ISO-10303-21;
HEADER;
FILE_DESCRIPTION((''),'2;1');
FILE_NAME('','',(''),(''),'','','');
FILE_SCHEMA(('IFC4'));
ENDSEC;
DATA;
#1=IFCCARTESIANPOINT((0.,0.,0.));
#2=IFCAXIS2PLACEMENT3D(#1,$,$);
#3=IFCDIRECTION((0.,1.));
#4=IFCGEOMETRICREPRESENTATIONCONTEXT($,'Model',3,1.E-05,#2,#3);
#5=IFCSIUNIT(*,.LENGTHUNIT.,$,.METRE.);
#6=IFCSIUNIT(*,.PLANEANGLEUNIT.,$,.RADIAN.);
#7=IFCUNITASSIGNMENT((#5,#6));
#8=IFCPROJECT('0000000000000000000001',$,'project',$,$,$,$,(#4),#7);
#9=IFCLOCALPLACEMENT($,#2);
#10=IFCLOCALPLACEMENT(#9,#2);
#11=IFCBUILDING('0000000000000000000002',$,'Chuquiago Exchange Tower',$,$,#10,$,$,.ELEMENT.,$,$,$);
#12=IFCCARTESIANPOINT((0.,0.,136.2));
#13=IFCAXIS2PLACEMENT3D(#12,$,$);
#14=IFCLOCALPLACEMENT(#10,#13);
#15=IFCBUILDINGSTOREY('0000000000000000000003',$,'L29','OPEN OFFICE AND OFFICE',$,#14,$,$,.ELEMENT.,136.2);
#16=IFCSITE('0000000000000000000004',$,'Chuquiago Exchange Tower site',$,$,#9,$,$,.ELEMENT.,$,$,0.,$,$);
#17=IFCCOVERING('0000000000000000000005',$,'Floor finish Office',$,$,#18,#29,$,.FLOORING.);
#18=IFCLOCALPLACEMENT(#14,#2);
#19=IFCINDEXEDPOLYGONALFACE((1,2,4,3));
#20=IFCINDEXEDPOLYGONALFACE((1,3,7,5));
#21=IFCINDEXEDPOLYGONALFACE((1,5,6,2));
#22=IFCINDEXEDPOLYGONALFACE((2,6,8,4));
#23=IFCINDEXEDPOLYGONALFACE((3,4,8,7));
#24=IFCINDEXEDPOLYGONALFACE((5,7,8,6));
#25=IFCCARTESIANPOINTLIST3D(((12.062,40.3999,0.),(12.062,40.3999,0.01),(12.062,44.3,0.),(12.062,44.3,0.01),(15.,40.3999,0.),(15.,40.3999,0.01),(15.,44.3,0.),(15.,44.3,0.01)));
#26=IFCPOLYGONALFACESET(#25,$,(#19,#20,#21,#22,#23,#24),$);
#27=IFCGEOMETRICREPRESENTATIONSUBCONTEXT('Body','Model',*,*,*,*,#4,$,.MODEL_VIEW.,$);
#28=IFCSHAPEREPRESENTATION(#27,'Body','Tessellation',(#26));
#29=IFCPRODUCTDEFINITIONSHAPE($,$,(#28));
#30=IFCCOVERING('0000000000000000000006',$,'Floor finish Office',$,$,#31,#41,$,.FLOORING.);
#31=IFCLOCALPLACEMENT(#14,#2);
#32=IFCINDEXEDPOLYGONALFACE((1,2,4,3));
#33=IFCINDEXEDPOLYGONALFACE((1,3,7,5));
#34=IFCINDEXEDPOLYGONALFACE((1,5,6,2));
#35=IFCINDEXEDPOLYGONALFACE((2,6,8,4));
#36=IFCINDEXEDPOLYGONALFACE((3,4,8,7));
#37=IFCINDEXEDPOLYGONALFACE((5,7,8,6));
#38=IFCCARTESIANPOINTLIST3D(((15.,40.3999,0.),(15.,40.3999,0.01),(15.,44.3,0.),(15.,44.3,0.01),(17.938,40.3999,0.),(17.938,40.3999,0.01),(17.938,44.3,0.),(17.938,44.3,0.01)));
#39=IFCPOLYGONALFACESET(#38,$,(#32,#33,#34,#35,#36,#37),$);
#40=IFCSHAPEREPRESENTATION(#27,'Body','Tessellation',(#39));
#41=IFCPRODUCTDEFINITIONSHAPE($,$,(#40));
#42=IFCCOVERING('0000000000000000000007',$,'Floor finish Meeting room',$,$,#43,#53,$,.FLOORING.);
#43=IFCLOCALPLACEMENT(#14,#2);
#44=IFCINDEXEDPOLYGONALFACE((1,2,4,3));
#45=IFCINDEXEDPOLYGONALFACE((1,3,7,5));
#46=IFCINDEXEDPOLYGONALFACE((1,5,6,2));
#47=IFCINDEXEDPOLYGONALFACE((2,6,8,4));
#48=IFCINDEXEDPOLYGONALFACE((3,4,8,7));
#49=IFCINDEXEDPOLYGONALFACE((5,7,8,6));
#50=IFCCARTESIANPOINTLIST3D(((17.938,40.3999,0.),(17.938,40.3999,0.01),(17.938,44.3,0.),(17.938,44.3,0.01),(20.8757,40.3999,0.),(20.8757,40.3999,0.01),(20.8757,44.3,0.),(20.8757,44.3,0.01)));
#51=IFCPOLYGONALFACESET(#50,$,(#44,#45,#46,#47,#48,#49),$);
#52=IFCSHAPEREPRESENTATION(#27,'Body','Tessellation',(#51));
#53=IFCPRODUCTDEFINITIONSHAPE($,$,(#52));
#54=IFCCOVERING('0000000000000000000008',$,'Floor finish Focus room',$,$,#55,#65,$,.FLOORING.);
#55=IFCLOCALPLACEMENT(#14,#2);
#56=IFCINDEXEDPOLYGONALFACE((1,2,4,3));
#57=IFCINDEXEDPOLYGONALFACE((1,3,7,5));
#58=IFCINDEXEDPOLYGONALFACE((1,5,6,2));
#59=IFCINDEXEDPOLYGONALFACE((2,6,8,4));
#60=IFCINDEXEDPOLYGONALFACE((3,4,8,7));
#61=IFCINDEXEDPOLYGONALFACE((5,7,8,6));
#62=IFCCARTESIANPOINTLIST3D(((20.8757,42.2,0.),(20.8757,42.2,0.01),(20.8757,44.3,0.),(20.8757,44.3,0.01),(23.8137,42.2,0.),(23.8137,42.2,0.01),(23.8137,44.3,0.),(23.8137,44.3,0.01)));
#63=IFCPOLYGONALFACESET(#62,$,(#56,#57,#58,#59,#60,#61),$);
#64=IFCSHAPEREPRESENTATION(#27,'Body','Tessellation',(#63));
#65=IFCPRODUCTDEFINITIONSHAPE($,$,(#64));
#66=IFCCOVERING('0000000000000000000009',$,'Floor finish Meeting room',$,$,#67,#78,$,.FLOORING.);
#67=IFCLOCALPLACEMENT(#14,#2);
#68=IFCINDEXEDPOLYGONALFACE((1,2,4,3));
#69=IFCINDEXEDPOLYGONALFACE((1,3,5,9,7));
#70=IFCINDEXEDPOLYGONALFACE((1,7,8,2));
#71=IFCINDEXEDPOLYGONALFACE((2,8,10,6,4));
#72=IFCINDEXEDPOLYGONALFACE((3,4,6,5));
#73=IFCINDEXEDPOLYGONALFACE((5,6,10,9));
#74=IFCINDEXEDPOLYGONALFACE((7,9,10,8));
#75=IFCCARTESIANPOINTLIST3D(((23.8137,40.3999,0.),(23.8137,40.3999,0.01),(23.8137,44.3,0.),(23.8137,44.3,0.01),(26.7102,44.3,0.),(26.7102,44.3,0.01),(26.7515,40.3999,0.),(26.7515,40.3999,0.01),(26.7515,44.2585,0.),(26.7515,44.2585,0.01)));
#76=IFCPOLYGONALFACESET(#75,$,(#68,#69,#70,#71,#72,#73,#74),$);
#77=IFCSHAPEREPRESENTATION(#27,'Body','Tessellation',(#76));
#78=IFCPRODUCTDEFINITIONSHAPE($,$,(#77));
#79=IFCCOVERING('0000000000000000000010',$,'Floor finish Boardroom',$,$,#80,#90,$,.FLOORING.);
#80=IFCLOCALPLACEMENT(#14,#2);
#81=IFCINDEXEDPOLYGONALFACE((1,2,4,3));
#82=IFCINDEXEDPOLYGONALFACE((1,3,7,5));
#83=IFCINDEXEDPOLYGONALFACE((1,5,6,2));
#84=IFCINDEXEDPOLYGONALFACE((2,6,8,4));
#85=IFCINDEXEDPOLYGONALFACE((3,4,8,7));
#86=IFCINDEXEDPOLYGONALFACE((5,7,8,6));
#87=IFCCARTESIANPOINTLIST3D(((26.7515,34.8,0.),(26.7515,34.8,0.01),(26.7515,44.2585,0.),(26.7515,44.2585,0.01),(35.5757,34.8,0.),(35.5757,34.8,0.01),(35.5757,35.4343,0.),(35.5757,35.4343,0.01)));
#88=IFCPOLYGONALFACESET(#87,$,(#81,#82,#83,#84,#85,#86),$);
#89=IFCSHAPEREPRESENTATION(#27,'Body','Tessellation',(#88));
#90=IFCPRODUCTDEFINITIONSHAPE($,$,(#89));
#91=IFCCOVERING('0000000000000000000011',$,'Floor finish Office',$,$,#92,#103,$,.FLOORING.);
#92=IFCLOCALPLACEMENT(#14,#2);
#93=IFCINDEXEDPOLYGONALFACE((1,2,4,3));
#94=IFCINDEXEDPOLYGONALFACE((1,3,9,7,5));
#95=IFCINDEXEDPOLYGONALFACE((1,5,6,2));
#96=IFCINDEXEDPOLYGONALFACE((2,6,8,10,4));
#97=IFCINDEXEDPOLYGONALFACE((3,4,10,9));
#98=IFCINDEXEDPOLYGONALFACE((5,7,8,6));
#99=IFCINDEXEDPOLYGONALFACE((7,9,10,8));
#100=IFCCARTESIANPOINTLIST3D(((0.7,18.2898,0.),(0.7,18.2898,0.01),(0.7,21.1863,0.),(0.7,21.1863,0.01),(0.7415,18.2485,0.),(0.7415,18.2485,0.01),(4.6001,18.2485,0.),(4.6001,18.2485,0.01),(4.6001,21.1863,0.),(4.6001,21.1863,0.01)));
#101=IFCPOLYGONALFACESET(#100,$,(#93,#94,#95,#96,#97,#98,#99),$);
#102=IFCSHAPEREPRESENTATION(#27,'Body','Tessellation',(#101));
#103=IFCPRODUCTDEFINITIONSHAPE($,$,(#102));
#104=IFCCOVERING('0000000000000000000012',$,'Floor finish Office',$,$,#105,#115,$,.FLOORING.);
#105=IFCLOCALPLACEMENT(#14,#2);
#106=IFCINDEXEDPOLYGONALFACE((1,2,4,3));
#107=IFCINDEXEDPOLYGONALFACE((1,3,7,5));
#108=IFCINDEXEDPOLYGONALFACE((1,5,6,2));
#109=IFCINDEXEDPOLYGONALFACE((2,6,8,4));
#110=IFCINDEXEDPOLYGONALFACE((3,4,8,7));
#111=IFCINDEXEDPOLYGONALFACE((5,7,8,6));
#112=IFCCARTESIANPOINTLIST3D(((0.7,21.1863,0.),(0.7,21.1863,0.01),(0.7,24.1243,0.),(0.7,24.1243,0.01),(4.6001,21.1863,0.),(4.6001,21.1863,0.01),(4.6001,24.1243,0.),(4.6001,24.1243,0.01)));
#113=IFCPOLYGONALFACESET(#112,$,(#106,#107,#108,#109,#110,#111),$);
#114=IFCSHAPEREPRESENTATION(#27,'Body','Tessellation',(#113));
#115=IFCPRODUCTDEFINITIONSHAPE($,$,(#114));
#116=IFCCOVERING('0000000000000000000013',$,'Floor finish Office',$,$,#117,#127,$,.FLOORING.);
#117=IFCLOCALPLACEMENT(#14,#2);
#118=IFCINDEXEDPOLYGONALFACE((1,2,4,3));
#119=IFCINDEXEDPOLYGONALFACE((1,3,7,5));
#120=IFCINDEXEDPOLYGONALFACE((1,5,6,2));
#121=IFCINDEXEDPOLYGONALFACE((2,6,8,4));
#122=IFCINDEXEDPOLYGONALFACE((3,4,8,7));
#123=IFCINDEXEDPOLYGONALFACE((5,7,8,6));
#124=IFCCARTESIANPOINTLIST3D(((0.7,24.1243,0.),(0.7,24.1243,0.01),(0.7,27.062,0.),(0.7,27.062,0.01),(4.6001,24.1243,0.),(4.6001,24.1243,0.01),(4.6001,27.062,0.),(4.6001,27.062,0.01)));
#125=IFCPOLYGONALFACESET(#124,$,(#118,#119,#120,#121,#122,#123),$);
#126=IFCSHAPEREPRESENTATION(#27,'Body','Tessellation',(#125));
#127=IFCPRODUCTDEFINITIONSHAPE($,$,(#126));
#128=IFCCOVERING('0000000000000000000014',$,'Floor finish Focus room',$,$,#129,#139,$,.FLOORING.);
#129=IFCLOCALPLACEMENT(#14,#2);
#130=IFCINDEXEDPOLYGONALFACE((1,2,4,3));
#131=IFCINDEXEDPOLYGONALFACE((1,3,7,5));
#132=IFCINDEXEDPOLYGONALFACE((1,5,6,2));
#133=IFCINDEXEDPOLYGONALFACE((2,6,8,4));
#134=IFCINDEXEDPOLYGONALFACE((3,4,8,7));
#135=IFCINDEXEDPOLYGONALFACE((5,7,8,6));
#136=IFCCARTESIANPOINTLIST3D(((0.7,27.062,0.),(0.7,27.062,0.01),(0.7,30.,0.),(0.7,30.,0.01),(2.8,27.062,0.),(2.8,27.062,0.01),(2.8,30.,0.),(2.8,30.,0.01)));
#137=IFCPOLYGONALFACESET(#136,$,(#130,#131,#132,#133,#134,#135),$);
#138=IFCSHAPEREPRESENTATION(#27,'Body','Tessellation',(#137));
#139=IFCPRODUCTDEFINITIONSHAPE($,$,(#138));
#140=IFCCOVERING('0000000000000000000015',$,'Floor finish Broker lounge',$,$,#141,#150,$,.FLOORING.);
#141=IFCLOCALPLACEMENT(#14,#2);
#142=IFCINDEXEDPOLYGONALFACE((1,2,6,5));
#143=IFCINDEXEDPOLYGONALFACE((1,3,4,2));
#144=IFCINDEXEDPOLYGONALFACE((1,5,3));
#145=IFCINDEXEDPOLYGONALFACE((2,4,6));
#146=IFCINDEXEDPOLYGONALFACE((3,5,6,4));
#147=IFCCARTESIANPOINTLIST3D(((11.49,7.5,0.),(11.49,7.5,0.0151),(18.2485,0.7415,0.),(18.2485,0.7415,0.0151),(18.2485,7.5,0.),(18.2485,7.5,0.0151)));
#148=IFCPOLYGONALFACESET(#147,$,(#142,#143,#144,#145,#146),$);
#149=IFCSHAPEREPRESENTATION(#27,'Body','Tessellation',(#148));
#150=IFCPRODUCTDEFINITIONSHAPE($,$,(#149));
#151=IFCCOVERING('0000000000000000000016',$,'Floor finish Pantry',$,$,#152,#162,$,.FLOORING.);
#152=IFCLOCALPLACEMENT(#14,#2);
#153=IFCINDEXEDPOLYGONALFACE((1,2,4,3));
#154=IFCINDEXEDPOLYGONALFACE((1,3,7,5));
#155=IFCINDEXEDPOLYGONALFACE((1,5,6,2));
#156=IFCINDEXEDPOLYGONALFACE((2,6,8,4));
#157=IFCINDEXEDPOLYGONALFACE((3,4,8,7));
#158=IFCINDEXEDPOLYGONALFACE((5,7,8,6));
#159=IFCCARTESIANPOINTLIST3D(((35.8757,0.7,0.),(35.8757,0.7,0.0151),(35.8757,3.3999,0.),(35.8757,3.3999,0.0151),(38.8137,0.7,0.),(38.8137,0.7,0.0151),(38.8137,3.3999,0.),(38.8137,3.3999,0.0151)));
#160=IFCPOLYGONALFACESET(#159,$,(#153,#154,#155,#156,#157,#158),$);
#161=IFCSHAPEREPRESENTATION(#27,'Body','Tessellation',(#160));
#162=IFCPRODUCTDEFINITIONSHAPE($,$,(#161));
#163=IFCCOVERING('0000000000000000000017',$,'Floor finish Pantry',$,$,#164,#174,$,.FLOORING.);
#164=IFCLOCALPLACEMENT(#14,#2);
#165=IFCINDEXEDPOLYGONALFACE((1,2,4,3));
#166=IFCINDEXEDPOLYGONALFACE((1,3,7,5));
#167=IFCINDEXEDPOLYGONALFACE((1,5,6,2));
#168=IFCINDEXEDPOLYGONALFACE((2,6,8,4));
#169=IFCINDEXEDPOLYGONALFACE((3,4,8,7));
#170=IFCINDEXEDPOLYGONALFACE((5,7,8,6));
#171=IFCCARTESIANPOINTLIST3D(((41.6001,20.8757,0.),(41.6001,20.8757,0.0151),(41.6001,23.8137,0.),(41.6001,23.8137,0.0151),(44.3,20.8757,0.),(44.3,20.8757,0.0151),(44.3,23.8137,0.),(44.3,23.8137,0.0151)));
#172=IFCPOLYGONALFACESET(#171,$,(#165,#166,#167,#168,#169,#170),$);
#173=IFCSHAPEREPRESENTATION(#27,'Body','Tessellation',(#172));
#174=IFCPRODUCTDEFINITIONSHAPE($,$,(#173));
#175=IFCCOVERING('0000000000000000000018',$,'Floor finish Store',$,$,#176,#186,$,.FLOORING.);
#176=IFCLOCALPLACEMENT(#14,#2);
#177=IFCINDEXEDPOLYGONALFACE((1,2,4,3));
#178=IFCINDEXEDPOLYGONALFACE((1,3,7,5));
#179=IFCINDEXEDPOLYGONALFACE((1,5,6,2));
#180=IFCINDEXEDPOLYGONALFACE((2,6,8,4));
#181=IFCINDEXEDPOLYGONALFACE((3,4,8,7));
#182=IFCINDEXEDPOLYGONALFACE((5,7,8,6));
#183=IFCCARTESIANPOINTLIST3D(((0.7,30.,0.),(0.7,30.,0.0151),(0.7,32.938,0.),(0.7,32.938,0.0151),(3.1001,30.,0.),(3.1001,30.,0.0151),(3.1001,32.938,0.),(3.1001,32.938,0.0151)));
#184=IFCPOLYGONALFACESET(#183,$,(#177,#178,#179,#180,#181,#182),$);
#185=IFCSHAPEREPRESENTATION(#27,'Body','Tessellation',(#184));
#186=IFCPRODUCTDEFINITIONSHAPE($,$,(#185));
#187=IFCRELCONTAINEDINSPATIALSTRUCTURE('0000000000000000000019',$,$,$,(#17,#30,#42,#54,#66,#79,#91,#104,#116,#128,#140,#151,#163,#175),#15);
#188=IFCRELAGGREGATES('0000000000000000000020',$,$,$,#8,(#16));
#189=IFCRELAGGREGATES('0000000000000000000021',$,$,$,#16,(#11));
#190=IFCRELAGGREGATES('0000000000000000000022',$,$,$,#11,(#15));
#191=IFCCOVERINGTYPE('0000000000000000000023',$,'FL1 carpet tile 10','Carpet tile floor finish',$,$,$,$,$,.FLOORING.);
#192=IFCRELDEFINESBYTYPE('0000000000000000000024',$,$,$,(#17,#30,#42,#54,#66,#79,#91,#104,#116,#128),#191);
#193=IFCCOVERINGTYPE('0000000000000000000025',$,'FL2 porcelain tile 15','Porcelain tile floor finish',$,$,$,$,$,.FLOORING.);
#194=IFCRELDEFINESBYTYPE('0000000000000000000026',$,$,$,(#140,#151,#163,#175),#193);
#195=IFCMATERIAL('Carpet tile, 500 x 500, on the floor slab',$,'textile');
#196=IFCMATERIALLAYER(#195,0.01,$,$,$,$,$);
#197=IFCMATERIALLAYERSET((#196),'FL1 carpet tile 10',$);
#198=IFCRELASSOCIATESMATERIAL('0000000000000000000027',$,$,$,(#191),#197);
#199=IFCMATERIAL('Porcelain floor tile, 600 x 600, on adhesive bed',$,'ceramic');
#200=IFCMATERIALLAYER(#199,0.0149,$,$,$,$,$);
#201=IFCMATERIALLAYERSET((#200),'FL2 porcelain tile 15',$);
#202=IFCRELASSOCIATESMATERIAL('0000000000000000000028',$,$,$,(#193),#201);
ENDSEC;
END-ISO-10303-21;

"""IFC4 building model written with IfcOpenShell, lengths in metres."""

from ifc_helpers import new_model, si_unit, direction, frame, origin, place, context, subcontext, project, spatial, polyline, outline, extrude, material, layer, layer_set, type_object, element, save


model = new_model("IFC4")

# Units and contexts
model_context = context("Model", 3, precision=1e-05, world=origin(), true_north=direction((0.0, 1.0)))
body_context = subcontext(model_context, "Body", "Model", "MODEL_VIEW")
ifc_project = project(units=[si_unit("LENGTHUNIT", "METRE"), si_unit("PLANEANGLEUNIT", "RADIAN")], contexts=[model_context])

# Site, building, storey
site_placement = place(None, origin())
site = spatial("IfcSite", under=ifc_project, at=site_placement, Name="Chuquiago Exchange Tower site", CompositionType="ELEMENT", RefElevation=0.0)
building_placement = place(site_placement, origin())
building = spatial("IfcBuilding", under=site, at=building_placement, Name="Chuquiago Exchange Tower", CompositionType="ELEMENT")
storey_placement = place(building_placement, frame((0.0, 0.0, 136.2)))
storey = spatial("IfcBuildingStorey", under=building, at=storey_placement, Name="L29", Description="OPEN OFFICE AND OFFICE", CompositionType="ELEMENT", Elevation=136.2)

# Coverings
ifc_material_1 = material(Name="Carpet tile, 500 x 500, on the floor slab", Category="textile")
ifc_layer_1 = layer(ifc_material_1, 0.01)
ifc_layer_set_1 = layer_set([ifc_layer_1], Name="FL1 carpet tile 10")
covering_type_1 = type_object("IfcCoveringType", Name="FL1 carpet tile 10", Description="Carpet tile floor finish", PredefinedType="FLOORING", material=ifc_layer_set_1)
covering_1_placement = place(storey_placement, origin())
element("IfcCovering", 1, at=covering_1_placement, inside=storey, type_object=covering_type_1, Name="Floor finish Office", PredefinedType="FLOORING", context=body_context, shape_type="SweptSolid", body=[
    extrude(outline(polyline([(15.0, 44.3), (15.0, 40.3999), (12.062, 40.3999), (12.062, 44.3), (15.0, 44.3)])), origin(), (0.0, 0.0, 1.0), 0.01),
])
covering_2_placement = place(storey_placement, origin())
element("IfcCovering", 2, at=covering_2_placement, inside=storey, type_object=covering_type_1, Name="Floor finish Office", PredefinedType="FLOORING", context=body_context, shape_type="SweptSolid", body=[
    extrude(outline(polyline([(17.938, 44.3), (17.938, 40.3999), (15.0, 40.3999), (15.0, 44.3), (17.938, 44.3)])), origin(), (0.0, 0.0, 1.0), 0.01),
])
covering_3_placement = place(storey_placement, origin())
element("IfcCovering", 3, at=covering_3_placement, inside=storey, type_object=covering_type_1, Name="Floor finish Meeting room", PredefinedType="FLOORING", context=body_context, shape_type="SweptSolid", body=[
    extrude(outline(polyline([(20.8757, 44.3), (20.8757, 40.3999), (17.938, 40.3999), (17.938, 44.3), (20.8757, 44.3)])), origin(), (0.0, 0.0, 1.0), 0.01),
])
covering_4_placement = place(storey_placement, origin())
element("IfcCovering", 4, at=covering_4_placement, inside=storey, type_object=covering_type_1, Name="Floor finish Focus room", PredefinedType="FLOORING", context=body_context, shape_type="SweptSolid", body=[
    extrude(outline(polyline([(23.8137, 44.3), (23.8137, 42.2), (20.8757, 42.2), (20.8757, 44.3), (23.8137, 44.3)])), origin(), (0.0, 0.0, 1.0), 0.01),
])
covering_5_placement = place(storey_placement, origin())
element("IfcCovering", 5, at=covering_5_placement, inside=storey, type_object=covering_type_1, Name="Floor finish Meeting room", PredefinedType="FLOORING", context=body_context, shape_type="SweptSolid", body=[
    extrude(outline(polyline([(26.7102, 44.3), (26.7515, 44.2585), (26.7515, 40.3999), (23.8137, 40.3999), (23.8137, 44.3), (26.7102, 44.3)])), origin(), (0.0, 0.0, 1.0), 0.01),
])
covering_6_placement = place(storey_placement, origin())
element("IfcCovering", 6, at=covering_6_placement, inside=storey, type_object=covering_type_1, Name="Floor finish Boardroom", PredefinedType="FLOORING", context=body_context, shape_type="SweptSolid", body=[
    extrude(outline(polyline([(35.5757, 35.4343), (35.5757, 34.8), (26.7515, 34.8), (26.7515, 44.2585), (35.5757, 35.4343)])), origin(), (0.0, 0.0, 1.0), 0.01),
])
covering_7_placement = place(storey_placement, origin())
element("IfcCovering", 7, at=covering_7_placement, inside=storey, type_object=covering_type_1, Name="Floor finish Office", PredefinedType="FLOORING", context=body_context, shape_type="SweptSolid", body=[
    extrude(outline(polyline([(0.7, 21.1863), (4.6001, 21.1863), (4.6001, 18.2485), (0.7415, 18.2485), (0.7, 18.2898), (0.7, 21.1863)])), origin(), (0.0, 0.0, 1.0), 0.01),
])
covering_8_placement = place(storey_placement, origin())
element("IfcCovering", 8, at=covering_8_placement, inside=storey, type_object=covering_type_1, Name="Floor finish Office", PredefinedType="FLOORING", context=body_context, shape_type="SweptSolid", body=[
    extrude(outline(polyline([(0.7, 24.1243), (4.6001, 24.1243), (4.6001, 21.1863), (0.7, 21.1863), (0.7, 24.1243)])), origin(), (0.0, 0.0, 1.0), 0.01),
])
covering_9_placement = place(storey_placement, origin())
element("IfcCovering", 9, at=covering_9_placement, inside=storey, type_object=covering_type_1, Name="Floor finish Office", PredefinedType="FLOORING", context=body_context, shape_type="SweptSolid", body=[
    extrude(outline(polyline([(0.7, 27.062), (4.6001, 27.062), (4.6001, 24.1243), (0.7, 24.1243), (0.7, 27.062)])), origin(), (0.0, 0.0, 1.0), 0.01),
])
covering_10_placement = place(storey_placement, origin())
element("IfcCovering", 10, at=covering_10_placement, inside=storey, type_object=covering_type_1, Name="Floor finish Focus room", PredefinedType="FLOORING", context=body_context, shape_type="SweptSolid", body=[
    extrude(outline(polyline([(0.7, 30.0), (2.8, 30.0), (2.8, 27.062), (0.7, 27.062), (0.7, 30.0)])), origin(), (0.0, 0.0, 1.0), 0.01),
])
ifc_material_2 = material(Name="Porcelain floor tile, 600 x 600, on adhesive bed", Category="ceramic")
ifc_layer_2 = layer(ifc_material_2, 0.0149)
ifc_layer_set_2 = layer_set([ifc_layer_2], Name="FL2 porcelain tile 15")
covering_type_2 = type_object("IfcCoveringType", Name="FL2 porcelain tile 15", Description="Porcelain tile floor finish", PredefinedType="FLOORING", material=ifc_layer_set_2)
covering_11_placement = place(storey_placement, origin())
element("IfcCovering", 11, at=covering_11_placement, inside=storey, type_object=covering_type_2, Name="Floor finish Broker lounge", PredefinedType="FLOORING", context=body_context, shape_type="SweptSolid", body=[
    extrude(outline(polyline([(11.49, 7.5), (18.2485, 7.5), (18.2485, 0.7415), (11.49, 7.5)])), origin(), (0.0, 0.0, 1.0), 0.0151),
])
covering_12_placement = place(storey_placement, origin())
element("IfcCovering", 12, at=covering_12_placement, inside=storey, type_object=covering_type_2, Name="Floor finish Pantry", PredefinedType="FLOORING", context=body_context, shape_type="SweptSolid", body=[
    extrude(outline(polyline([(35.8757, 0.7), (35.8757, 3.3999), (38.8137, 3.3999), (38.8137, 0.7), (35.8757, 0.7)])), origin(), (0.0, 0.0, 1.0), 0.0151),
])
covering_13_placement = place(storey_placement, origin())
element("IfcCovering", 13, at=covering_13_placement, inside=storey, type_object=covering_type_2, Name="Floor finish Pantry", PredefinedType="FLOORING", context=body_context, shape_type="SweptSolid", body=[
    extrude(outline(polyline([(44.3, 20.8757), (41.6001, 20.8757), (41.6001, 23.8137), (44.3, 23.8137), (44.3, 20.8757)])), origin(), (0.0, 0.0, 1.0), 0.0151),
])
covering_14_placement = place(storey_placement, origin())
element("IfcCovering", 14, at=covering_14_placement, inside=storey, type_object=covering_type_2, Name="Floor finish Store", PredefinedType="FLOORING", context=body_context, shape_type="SweptSolid", body=[
    extrude(outline(polyline([(0.7, 32.938), (3.1001, 32.938), (3.1001, 30.0), (0.7, 30.0), (0.7, 32.938)])), origin(), (0.0, 0.0, 1.0), 0.0151),
])

save(model, "model.ifc")
